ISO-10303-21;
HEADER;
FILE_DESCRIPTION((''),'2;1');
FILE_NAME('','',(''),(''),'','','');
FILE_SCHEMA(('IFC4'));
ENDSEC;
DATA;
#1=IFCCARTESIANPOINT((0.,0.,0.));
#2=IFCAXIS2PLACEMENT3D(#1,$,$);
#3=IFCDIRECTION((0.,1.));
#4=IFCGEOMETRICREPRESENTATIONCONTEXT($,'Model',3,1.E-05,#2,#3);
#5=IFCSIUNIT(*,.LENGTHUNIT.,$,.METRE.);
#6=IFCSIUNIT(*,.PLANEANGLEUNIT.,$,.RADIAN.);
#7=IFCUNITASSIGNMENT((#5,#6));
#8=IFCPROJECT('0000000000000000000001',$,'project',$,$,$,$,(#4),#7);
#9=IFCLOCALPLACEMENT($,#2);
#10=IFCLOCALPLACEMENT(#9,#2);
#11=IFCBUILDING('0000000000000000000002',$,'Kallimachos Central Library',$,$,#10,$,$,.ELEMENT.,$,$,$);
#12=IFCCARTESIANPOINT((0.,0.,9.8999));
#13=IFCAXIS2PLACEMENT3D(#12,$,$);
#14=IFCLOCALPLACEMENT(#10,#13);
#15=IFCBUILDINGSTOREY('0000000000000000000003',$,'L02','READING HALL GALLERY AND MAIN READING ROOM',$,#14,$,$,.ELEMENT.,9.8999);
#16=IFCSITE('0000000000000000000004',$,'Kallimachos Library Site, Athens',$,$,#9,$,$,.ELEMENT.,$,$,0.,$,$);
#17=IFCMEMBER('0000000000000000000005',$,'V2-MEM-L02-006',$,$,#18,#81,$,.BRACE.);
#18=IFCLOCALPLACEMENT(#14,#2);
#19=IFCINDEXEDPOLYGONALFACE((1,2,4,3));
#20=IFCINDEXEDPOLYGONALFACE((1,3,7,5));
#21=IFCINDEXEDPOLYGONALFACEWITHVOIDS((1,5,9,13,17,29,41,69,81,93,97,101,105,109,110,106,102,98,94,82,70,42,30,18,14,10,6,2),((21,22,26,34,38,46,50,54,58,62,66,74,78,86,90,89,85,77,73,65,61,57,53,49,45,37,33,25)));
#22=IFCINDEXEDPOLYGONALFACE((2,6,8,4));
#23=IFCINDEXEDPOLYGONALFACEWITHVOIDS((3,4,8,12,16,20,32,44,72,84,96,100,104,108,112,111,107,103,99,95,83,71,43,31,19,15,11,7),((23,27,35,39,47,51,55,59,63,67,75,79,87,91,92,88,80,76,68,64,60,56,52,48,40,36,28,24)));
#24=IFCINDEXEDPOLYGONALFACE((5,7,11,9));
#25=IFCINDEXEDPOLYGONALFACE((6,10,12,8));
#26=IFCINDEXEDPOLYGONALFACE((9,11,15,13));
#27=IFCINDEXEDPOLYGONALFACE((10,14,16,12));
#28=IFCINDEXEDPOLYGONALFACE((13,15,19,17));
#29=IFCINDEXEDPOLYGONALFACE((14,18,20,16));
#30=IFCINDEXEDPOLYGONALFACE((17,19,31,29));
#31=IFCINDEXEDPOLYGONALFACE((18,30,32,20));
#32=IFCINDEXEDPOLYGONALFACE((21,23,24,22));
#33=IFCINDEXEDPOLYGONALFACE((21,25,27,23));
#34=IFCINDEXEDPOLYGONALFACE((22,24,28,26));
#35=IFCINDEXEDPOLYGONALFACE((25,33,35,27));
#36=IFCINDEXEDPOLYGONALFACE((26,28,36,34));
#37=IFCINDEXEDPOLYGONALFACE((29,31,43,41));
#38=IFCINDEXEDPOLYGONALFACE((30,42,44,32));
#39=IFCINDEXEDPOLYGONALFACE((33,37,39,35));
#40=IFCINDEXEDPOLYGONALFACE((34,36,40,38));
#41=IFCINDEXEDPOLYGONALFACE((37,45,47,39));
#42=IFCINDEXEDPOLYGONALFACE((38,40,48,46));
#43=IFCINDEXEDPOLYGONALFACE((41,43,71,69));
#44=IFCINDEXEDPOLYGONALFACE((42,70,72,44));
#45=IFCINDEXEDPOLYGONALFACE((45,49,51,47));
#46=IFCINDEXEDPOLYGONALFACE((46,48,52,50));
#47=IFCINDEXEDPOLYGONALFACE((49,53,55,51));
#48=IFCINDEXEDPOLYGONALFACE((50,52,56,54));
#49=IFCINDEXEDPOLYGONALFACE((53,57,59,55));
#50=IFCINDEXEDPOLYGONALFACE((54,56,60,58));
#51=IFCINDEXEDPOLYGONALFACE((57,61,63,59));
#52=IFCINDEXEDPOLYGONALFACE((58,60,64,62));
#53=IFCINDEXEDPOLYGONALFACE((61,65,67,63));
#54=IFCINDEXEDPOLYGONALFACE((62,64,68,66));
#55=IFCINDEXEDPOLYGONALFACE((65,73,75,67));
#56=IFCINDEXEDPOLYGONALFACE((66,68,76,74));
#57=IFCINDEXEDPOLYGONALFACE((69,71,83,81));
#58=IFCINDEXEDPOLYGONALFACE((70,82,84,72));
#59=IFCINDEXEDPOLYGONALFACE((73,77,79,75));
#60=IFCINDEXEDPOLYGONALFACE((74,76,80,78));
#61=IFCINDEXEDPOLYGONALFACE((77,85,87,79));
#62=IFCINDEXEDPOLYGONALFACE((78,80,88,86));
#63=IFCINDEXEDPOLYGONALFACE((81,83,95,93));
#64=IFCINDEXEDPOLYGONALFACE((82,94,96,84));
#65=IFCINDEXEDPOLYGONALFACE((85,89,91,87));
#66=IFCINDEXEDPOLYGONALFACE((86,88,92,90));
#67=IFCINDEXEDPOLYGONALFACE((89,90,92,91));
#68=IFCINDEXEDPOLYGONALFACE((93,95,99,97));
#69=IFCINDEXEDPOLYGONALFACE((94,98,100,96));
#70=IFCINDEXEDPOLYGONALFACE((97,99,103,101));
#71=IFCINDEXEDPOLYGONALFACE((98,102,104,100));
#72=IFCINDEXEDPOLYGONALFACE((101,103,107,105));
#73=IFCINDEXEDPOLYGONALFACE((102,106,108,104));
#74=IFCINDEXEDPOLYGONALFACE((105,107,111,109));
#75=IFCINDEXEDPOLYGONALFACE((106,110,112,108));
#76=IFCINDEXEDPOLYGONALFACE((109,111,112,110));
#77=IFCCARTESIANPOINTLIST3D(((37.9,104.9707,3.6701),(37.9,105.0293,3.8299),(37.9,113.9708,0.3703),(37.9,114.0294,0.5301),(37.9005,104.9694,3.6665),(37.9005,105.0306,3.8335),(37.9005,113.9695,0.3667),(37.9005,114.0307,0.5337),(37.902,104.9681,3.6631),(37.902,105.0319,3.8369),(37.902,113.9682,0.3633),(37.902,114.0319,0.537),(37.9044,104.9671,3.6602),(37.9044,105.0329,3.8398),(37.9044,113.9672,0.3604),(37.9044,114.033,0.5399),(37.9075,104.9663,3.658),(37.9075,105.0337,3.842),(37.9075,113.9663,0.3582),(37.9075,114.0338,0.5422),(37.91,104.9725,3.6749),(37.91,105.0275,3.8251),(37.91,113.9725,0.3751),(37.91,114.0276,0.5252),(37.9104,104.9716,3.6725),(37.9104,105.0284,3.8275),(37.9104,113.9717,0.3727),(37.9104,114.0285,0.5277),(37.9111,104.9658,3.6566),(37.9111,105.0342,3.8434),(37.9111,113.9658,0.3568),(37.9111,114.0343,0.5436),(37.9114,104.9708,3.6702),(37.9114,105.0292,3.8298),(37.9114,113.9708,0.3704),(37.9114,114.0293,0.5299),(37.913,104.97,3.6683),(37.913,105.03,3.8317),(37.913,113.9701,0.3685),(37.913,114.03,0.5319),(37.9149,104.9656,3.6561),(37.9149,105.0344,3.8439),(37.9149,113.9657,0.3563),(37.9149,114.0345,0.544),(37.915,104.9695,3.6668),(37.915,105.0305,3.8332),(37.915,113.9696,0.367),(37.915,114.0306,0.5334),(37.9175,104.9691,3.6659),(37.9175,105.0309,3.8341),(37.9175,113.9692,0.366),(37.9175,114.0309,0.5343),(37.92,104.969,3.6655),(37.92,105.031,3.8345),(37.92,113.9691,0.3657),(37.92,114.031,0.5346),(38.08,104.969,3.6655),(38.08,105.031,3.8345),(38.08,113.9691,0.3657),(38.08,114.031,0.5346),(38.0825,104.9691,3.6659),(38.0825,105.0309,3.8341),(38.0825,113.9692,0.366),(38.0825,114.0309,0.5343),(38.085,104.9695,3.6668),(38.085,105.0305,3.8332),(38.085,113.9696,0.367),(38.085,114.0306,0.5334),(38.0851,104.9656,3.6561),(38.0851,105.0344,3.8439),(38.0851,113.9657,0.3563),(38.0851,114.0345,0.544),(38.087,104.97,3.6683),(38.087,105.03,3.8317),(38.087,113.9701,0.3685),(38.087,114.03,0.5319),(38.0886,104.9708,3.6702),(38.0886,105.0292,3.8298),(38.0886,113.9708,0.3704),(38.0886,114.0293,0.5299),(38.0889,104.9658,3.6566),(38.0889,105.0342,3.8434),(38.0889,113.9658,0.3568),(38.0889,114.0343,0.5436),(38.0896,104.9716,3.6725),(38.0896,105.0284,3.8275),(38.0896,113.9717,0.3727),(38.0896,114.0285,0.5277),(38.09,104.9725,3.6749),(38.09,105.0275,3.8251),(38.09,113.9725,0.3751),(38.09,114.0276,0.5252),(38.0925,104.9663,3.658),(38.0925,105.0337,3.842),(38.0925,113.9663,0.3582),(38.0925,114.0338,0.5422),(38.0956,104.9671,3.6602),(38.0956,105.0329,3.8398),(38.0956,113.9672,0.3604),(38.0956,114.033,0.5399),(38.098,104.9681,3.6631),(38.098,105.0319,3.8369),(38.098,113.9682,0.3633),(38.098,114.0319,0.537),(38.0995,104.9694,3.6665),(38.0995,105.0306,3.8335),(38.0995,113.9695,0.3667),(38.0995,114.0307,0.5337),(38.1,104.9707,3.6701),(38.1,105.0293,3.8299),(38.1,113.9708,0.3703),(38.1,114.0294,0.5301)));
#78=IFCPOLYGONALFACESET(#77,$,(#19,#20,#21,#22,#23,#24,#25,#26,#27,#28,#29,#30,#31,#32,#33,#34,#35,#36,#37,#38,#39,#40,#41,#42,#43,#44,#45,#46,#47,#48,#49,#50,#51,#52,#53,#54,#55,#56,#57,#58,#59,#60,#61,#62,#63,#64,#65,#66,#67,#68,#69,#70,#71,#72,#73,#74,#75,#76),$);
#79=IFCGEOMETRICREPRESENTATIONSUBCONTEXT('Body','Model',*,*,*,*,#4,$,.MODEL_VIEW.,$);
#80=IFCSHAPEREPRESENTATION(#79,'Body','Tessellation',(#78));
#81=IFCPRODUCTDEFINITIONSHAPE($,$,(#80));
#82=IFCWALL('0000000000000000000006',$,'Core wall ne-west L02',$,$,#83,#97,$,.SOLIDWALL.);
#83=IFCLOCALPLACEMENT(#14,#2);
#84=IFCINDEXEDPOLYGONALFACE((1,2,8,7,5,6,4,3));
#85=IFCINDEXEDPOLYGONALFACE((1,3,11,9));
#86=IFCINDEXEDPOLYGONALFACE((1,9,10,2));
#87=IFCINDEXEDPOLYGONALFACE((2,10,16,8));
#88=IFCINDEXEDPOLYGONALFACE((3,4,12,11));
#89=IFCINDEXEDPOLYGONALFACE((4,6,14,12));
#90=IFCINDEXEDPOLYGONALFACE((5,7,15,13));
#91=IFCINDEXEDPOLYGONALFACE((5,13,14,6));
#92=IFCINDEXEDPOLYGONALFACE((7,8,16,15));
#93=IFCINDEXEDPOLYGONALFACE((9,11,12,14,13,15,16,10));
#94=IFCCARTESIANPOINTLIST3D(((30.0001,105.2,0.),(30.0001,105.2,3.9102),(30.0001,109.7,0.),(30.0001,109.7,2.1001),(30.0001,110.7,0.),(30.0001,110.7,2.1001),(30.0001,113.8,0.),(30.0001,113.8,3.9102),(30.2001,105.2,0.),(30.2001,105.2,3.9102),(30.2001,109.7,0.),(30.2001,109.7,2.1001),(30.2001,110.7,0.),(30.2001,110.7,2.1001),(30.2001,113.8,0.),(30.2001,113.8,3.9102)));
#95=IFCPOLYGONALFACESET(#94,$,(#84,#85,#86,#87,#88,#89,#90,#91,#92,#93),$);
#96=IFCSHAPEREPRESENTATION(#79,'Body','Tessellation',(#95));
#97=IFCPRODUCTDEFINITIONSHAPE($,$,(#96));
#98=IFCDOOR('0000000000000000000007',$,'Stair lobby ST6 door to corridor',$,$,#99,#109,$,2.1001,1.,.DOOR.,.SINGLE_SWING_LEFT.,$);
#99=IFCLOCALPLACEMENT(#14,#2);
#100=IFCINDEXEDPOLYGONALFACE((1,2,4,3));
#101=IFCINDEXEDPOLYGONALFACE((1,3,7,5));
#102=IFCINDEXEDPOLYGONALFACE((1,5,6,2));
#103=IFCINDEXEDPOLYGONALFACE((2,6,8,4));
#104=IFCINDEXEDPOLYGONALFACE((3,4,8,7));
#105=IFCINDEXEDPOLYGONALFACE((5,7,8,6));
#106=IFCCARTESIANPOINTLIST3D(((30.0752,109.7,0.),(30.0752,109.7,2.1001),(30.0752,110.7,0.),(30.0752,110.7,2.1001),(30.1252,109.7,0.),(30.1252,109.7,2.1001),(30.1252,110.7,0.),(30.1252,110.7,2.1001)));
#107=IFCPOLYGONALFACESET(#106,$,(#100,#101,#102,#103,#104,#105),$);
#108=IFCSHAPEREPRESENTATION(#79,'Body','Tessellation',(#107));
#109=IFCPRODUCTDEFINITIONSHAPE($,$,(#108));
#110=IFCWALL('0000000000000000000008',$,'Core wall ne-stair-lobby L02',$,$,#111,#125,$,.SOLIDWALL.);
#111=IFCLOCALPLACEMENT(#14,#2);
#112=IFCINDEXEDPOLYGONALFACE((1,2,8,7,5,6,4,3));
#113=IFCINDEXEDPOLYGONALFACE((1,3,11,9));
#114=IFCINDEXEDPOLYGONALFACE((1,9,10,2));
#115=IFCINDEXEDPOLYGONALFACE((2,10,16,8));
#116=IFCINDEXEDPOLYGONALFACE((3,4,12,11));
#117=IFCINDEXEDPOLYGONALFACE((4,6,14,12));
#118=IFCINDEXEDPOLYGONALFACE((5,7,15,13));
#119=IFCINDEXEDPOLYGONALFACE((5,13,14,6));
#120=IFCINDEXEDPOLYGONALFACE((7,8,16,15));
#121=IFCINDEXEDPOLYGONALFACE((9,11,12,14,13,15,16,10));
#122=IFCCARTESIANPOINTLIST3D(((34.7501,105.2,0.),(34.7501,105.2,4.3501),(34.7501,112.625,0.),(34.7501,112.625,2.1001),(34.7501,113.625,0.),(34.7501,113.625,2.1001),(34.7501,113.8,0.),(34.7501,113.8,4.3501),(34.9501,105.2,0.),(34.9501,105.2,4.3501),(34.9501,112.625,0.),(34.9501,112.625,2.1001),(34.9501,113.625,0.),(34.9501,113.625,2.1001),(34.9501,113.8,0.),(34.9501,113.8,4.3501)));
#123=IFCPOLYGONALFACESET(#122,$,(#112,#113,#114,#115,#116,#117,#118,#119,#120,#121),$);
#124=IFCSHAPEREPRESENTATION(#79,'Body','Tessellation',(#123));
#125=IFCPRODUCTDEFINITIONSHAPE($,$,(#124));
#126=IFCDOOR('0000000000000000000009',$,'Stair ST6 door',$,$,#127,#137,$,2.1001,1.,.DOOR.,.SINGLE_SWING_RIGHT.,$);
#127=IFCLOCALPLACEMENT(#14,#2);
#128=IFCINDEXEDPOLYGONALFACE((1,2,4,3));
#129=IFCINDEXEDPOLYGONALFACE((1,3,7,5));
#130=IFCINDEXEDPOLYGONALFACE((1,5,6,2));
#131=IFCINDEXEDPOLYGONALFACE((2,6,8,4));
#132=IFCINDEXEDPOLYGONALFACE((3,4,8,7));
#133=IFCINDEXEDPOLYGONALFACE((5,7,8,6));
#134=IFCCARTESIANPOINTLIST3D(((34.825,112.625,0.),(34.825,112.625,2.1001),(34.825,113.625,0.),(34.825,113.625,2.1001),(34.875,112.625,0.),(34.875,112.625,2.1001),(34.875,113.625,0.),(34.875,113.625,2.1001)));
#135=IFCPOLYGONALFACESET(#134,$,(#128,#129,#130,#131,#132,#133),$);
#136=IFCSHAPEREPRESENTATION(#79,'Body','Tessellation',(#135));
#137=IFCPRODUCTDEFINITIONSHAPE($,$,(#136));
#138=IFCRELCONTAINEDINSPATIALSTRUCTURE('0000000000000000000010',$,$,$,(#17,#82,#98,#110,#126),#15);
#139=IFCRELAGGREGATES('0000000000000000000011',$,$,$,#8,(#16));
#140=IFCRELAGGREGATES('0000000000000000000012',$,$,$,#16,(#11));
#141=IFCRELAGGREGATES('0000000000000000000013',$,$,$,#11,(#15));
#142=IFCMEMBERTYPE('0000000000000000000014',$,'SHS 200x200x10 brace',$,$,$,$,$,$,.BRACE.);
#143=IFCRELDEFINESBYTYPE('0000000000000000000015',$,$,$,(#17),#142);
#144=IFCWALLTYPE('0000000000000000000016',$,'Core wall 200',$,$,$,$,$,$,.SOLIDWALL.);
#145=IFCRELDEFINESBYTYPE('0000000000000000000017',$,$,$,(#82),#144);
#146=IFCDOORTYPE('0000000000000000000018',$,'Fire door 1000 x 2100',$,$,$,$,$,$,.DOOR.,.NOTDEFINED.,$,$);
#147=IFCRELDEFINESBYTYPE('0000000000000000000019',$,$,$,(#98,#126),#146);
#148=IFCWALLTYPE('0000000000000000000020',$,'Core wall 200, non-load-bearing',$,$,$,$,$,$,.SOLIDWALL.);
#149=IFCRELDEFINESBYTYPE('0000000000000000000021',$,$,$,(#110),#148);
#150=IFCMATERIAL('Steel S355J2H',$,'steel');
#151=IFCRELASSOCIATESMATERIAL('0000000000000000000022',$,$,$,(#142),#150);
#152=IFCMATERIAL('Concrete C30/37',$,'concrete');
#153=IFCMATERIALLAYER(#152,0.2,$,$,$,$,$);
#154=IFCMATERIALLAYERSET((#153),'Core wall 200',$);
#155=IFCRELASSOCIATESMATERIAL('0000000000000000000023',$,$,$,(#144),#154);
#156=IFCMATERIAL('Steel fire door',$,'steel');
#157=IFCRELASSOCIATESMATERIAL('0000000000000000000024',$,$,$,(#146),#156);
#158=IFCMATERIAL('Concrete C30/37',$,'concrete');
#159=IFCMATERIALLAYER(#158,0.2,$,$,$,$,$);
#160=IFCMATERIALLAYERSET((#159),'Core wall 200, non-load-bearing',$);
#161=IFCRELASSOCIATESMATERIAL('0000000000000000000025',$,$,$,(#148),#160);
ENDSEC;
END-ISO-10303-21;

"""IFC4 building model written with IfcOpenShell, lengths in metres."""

from ifc_helpers import new_model, si_unit, direction, frame, frame_2d, origin, origin_2d, place, context, subcontext, project, spatial, rectangle, hollow_rectangle, extrude, material, layer, layer_set, material_profile, profile_set, type_object, element, fill, save


model = new_model("IFC4")

# Units and contexts
model_context = context("Model", 3, precision=1e-05, world=origin(), true_north=direction((0.0, 1.0)))
body_context = subcontext(model_context, "Body", "Model", "MODEL_VIEW")
ifc_project = project(units=[si_unit("LENGTHUNIT", "METRE"), si_unit("PLANEANGLEUNIT", "RADIAN")], contexts=[model_context])

# Site, building, storey
site_placement = place(None, origin())
site = spatial("IfcSite", under=ifc_project, at=site_placement, Name="Kallimachos Library Site, Athens", CompositionType="ELEMENT", RefElevation=0.0)
building_placement = place(site_placement, origin())
building = spatial("IfcBuilding", under=site, at=building_placement, Name="Kallimachos Central Library", CompositionType="ELEMENT")
storey_placement = place(building_placement, frame((0.0, 0.0, 9.8999)))
storey = spatial("IfcBuildingStorey", under=building, at=storey_placement, Name="L02", Description="READING HALL GALLERY AND MAIN READING ROOM", CompositionType="ELEMENT", Elevation=9.8999)

# Member
ifc_material_1 = material(Name="Steel S355J2H", Category="steel")
ifc_material_profile_1 = material_profile(ifc_material_1, hollow_rectangle(XDim=0.2, YDim=0.2, WallThickness=0.01, InnerFilletRadius=0.01, OuterFilletRadius=0.0149, at=origin_2d()), Name="SHS 200x200x10")
ifc_profile_set_1 = profile_set([ifc_material_profile_1], Name="Steel S355J2H")
member_type = type_object("IfcMemberType", Name="SHS 200x200x10 brace", PredefinedType="BRACE", material=ifc_profile_set_1)
member_placement = place(storey_placement, frame((38.0, 105.0, 3.75), z_axis=(0.0, 0.938883, -0.344237), x_axis=(-1.0, 0.0, 0.0)))
element("IfcMember", 1, at=member_placement, inside=storey, type_object=member_type, Name="V2-MEM-L02-006", PredefinedType="BRACE", context=body_context, shape_type="SweptSolid", body=[
    extrude(hollow_rectangle(XDim=0.2, YDim=0.2, WallThickness=0.01, InnerFilletRadius=0.01, OuterFilletRadius=0.0149, at=origin_2d()), origin(), (0.0, 0.0, 1.0), 9.5859),
])

# Walls, openings, doors
ifc_material_2 = material(Name="Concrete C30/37", Category="concrete")
ifc_layer_1 = layer(ifc_material_2, 0.2)
ifc_layer_set_1 = layer_set([ifc_layer_1], Name="Core wall 200")
wall_type_1 = type_object("IfcWallType", Name="Core wall 200", PredefinedType="SOLIDWALL", material=ifc_layer_set_1)
wall_1_placement = place(storey_placement, frame((30.1001, 105.2, 0.0), z_axis=(0.0, 0.0, 1.0), x_axis=(0.0, 1.0, 0.0)))
wall_1 = element("IfcWall", 2, at=wall_1_placement, inside=storey, type_object=wall_type_1, Name="Core wall ne-west L02", PredefinedType="SOLIDWALL", context=body_context, shape_type="SweptSolid", body=[
    extrude(rectangle(XDim=8.6001, YDim=0.2, at=frame_2d((4.3, 0.0))), origin(), (0.0, 0.0, 1.0), 3.9102),
])
opening_1_placement = place(wall_1_placement, frame((4.5, 0.0, 0.0)))
opening_1 = element("IfcOpeningElement", 3, at=opening_1_placement, cuts=wall_1, PredefinedType="OPENING", context=body_context, shape_type="SweptSolid", body=[
    extrude(rectangle(XDim=1.0, YDim=2.1001, at=frame_2d((0.5, 1.05))), frame((0.0, 0.1099, 0.0), z_axis=(0.0, -1.0, 0.0), x_axis=(1.0, 0.0, 0.0)), (0.0, 0.0, 1.0), 0.22),
])
ifc_material_3 = material(Name="Steel fire door", Category="steel")
door_type = type_object("IfcDoorType", Name="Fire door 1000 x 2100", OperationType="NOTDEFINED", PredefinedType="DOOR", material=ifc_material_3)
door_1_placement = place(opening_1_placement, origin())
door_1 = element("IfcDoor", 4, at=door_1_placement, inside=storey, type_object=door_type, Name="Stair lobby ST6 door to corridor", OperationType="SINGLE_SWING_LEFT", OverallHeight=2.1001, OverallWidth=1.0, PredefinedType="DOOR", context=body_context, shape_type="SweptSolid", body=[
    extrude(rectangle(XDim=1.0, YDim=2.1001, at=frame_2d((0.5, 1.05))), frame((0.0, 0.0249, 0.0), z_axis=(0.0, -1.0, 0.0), x_axis=(1.0, 0.0, 0.0)), (0.0, 0.0, 1.0), 0.05),
])
fill(opening_1, door_1)
ifc_material_4 = material(Name="Concrete C30/37", Category="concrete")
ifc_layer_2 = layer(ifc_material_4, 0.2)
ifc_layer_set_2 = layer_set([ifc_layer_2], Name="Core wall 200, non-load-bearing")
wall_type_2 = type_object("IfcWallType", Name="Core wall 200, non-load-bearing", PredefinedType="SOLIDWALL", material=ifc_layer_set_2)
wall_2_placement = place(storey_placement, frame((34.8501, 105.2, 0.0), z_axis=(0.0, 0.0, 1.0), x_axis=(0.0, 1.0, 0.0)))
wall_2 = element("IfcWall", 5, at=wall_2_placement, inside=storey, type_object=wall_type_2, Name="Core wall ne-stair-lobby L02", PredefinedType="SOLIDWALL", context=body_context, shape_type="SweptSolid", body=[
    extrude(rectangle(XDim=8.6001, YDim=0.2, at=frame_2d((4.3, 0.0))), origin(), (0.0, 0.0, 1.0), 4.3501),
])
opening_2_placement = place(wall_2_placement, frame((7.425, 0.0, 0.0)))
opening_2 = element("IfcOpeningElement", 6, at=opening_2_placement, cuts=wall_2, PredefinedType="OPENING", context=body_context, shape_type="SweptSolid", body=[
    extrude(rectangle(XDim=1.0, YDim=2.1001, at=frame_2d((0.5, 1.05))), frame((0.0, 0.1099, 0.0), z_axis=(0.0, -1.0, 0.0), x_axis=(1.0, 0.0, 0.0)), (0.0, 0.0, 1.0), 0.22),
])
door_2_placement = place(opening_2_placement, frame((1.0, 0.0, 0.0), z_axis=(0.0, 0.0, 1.0), x_axis=(-1.0, 0.0, 0.0)))
door_2 = element("IfcDoor", 7, at=door_2_placement, inside=storey, type_object=door_type, Name="Stair ST6 door", OperationType="SINGLE_SWING_RIGHT", OverallHeight=2.1001, OverallWidth=1.0, PredefinedType="DOOR", context=body_context, shape_type="SweptSolid", body=[
    extrude(rectangle(XDim=1.0, YDim=2.1001, at=frame_2d((0.5, 1.05))), frame((0.0, 0.0249, 0.0), z_axis=(0.0, -1.0, 0.0), x_axis=(1.0, 0.0, 0.0)), (0.0, 0.0, 1.0), 0.05),
])
fill(opening_2, door_2)

save(model, "model.ifc")
